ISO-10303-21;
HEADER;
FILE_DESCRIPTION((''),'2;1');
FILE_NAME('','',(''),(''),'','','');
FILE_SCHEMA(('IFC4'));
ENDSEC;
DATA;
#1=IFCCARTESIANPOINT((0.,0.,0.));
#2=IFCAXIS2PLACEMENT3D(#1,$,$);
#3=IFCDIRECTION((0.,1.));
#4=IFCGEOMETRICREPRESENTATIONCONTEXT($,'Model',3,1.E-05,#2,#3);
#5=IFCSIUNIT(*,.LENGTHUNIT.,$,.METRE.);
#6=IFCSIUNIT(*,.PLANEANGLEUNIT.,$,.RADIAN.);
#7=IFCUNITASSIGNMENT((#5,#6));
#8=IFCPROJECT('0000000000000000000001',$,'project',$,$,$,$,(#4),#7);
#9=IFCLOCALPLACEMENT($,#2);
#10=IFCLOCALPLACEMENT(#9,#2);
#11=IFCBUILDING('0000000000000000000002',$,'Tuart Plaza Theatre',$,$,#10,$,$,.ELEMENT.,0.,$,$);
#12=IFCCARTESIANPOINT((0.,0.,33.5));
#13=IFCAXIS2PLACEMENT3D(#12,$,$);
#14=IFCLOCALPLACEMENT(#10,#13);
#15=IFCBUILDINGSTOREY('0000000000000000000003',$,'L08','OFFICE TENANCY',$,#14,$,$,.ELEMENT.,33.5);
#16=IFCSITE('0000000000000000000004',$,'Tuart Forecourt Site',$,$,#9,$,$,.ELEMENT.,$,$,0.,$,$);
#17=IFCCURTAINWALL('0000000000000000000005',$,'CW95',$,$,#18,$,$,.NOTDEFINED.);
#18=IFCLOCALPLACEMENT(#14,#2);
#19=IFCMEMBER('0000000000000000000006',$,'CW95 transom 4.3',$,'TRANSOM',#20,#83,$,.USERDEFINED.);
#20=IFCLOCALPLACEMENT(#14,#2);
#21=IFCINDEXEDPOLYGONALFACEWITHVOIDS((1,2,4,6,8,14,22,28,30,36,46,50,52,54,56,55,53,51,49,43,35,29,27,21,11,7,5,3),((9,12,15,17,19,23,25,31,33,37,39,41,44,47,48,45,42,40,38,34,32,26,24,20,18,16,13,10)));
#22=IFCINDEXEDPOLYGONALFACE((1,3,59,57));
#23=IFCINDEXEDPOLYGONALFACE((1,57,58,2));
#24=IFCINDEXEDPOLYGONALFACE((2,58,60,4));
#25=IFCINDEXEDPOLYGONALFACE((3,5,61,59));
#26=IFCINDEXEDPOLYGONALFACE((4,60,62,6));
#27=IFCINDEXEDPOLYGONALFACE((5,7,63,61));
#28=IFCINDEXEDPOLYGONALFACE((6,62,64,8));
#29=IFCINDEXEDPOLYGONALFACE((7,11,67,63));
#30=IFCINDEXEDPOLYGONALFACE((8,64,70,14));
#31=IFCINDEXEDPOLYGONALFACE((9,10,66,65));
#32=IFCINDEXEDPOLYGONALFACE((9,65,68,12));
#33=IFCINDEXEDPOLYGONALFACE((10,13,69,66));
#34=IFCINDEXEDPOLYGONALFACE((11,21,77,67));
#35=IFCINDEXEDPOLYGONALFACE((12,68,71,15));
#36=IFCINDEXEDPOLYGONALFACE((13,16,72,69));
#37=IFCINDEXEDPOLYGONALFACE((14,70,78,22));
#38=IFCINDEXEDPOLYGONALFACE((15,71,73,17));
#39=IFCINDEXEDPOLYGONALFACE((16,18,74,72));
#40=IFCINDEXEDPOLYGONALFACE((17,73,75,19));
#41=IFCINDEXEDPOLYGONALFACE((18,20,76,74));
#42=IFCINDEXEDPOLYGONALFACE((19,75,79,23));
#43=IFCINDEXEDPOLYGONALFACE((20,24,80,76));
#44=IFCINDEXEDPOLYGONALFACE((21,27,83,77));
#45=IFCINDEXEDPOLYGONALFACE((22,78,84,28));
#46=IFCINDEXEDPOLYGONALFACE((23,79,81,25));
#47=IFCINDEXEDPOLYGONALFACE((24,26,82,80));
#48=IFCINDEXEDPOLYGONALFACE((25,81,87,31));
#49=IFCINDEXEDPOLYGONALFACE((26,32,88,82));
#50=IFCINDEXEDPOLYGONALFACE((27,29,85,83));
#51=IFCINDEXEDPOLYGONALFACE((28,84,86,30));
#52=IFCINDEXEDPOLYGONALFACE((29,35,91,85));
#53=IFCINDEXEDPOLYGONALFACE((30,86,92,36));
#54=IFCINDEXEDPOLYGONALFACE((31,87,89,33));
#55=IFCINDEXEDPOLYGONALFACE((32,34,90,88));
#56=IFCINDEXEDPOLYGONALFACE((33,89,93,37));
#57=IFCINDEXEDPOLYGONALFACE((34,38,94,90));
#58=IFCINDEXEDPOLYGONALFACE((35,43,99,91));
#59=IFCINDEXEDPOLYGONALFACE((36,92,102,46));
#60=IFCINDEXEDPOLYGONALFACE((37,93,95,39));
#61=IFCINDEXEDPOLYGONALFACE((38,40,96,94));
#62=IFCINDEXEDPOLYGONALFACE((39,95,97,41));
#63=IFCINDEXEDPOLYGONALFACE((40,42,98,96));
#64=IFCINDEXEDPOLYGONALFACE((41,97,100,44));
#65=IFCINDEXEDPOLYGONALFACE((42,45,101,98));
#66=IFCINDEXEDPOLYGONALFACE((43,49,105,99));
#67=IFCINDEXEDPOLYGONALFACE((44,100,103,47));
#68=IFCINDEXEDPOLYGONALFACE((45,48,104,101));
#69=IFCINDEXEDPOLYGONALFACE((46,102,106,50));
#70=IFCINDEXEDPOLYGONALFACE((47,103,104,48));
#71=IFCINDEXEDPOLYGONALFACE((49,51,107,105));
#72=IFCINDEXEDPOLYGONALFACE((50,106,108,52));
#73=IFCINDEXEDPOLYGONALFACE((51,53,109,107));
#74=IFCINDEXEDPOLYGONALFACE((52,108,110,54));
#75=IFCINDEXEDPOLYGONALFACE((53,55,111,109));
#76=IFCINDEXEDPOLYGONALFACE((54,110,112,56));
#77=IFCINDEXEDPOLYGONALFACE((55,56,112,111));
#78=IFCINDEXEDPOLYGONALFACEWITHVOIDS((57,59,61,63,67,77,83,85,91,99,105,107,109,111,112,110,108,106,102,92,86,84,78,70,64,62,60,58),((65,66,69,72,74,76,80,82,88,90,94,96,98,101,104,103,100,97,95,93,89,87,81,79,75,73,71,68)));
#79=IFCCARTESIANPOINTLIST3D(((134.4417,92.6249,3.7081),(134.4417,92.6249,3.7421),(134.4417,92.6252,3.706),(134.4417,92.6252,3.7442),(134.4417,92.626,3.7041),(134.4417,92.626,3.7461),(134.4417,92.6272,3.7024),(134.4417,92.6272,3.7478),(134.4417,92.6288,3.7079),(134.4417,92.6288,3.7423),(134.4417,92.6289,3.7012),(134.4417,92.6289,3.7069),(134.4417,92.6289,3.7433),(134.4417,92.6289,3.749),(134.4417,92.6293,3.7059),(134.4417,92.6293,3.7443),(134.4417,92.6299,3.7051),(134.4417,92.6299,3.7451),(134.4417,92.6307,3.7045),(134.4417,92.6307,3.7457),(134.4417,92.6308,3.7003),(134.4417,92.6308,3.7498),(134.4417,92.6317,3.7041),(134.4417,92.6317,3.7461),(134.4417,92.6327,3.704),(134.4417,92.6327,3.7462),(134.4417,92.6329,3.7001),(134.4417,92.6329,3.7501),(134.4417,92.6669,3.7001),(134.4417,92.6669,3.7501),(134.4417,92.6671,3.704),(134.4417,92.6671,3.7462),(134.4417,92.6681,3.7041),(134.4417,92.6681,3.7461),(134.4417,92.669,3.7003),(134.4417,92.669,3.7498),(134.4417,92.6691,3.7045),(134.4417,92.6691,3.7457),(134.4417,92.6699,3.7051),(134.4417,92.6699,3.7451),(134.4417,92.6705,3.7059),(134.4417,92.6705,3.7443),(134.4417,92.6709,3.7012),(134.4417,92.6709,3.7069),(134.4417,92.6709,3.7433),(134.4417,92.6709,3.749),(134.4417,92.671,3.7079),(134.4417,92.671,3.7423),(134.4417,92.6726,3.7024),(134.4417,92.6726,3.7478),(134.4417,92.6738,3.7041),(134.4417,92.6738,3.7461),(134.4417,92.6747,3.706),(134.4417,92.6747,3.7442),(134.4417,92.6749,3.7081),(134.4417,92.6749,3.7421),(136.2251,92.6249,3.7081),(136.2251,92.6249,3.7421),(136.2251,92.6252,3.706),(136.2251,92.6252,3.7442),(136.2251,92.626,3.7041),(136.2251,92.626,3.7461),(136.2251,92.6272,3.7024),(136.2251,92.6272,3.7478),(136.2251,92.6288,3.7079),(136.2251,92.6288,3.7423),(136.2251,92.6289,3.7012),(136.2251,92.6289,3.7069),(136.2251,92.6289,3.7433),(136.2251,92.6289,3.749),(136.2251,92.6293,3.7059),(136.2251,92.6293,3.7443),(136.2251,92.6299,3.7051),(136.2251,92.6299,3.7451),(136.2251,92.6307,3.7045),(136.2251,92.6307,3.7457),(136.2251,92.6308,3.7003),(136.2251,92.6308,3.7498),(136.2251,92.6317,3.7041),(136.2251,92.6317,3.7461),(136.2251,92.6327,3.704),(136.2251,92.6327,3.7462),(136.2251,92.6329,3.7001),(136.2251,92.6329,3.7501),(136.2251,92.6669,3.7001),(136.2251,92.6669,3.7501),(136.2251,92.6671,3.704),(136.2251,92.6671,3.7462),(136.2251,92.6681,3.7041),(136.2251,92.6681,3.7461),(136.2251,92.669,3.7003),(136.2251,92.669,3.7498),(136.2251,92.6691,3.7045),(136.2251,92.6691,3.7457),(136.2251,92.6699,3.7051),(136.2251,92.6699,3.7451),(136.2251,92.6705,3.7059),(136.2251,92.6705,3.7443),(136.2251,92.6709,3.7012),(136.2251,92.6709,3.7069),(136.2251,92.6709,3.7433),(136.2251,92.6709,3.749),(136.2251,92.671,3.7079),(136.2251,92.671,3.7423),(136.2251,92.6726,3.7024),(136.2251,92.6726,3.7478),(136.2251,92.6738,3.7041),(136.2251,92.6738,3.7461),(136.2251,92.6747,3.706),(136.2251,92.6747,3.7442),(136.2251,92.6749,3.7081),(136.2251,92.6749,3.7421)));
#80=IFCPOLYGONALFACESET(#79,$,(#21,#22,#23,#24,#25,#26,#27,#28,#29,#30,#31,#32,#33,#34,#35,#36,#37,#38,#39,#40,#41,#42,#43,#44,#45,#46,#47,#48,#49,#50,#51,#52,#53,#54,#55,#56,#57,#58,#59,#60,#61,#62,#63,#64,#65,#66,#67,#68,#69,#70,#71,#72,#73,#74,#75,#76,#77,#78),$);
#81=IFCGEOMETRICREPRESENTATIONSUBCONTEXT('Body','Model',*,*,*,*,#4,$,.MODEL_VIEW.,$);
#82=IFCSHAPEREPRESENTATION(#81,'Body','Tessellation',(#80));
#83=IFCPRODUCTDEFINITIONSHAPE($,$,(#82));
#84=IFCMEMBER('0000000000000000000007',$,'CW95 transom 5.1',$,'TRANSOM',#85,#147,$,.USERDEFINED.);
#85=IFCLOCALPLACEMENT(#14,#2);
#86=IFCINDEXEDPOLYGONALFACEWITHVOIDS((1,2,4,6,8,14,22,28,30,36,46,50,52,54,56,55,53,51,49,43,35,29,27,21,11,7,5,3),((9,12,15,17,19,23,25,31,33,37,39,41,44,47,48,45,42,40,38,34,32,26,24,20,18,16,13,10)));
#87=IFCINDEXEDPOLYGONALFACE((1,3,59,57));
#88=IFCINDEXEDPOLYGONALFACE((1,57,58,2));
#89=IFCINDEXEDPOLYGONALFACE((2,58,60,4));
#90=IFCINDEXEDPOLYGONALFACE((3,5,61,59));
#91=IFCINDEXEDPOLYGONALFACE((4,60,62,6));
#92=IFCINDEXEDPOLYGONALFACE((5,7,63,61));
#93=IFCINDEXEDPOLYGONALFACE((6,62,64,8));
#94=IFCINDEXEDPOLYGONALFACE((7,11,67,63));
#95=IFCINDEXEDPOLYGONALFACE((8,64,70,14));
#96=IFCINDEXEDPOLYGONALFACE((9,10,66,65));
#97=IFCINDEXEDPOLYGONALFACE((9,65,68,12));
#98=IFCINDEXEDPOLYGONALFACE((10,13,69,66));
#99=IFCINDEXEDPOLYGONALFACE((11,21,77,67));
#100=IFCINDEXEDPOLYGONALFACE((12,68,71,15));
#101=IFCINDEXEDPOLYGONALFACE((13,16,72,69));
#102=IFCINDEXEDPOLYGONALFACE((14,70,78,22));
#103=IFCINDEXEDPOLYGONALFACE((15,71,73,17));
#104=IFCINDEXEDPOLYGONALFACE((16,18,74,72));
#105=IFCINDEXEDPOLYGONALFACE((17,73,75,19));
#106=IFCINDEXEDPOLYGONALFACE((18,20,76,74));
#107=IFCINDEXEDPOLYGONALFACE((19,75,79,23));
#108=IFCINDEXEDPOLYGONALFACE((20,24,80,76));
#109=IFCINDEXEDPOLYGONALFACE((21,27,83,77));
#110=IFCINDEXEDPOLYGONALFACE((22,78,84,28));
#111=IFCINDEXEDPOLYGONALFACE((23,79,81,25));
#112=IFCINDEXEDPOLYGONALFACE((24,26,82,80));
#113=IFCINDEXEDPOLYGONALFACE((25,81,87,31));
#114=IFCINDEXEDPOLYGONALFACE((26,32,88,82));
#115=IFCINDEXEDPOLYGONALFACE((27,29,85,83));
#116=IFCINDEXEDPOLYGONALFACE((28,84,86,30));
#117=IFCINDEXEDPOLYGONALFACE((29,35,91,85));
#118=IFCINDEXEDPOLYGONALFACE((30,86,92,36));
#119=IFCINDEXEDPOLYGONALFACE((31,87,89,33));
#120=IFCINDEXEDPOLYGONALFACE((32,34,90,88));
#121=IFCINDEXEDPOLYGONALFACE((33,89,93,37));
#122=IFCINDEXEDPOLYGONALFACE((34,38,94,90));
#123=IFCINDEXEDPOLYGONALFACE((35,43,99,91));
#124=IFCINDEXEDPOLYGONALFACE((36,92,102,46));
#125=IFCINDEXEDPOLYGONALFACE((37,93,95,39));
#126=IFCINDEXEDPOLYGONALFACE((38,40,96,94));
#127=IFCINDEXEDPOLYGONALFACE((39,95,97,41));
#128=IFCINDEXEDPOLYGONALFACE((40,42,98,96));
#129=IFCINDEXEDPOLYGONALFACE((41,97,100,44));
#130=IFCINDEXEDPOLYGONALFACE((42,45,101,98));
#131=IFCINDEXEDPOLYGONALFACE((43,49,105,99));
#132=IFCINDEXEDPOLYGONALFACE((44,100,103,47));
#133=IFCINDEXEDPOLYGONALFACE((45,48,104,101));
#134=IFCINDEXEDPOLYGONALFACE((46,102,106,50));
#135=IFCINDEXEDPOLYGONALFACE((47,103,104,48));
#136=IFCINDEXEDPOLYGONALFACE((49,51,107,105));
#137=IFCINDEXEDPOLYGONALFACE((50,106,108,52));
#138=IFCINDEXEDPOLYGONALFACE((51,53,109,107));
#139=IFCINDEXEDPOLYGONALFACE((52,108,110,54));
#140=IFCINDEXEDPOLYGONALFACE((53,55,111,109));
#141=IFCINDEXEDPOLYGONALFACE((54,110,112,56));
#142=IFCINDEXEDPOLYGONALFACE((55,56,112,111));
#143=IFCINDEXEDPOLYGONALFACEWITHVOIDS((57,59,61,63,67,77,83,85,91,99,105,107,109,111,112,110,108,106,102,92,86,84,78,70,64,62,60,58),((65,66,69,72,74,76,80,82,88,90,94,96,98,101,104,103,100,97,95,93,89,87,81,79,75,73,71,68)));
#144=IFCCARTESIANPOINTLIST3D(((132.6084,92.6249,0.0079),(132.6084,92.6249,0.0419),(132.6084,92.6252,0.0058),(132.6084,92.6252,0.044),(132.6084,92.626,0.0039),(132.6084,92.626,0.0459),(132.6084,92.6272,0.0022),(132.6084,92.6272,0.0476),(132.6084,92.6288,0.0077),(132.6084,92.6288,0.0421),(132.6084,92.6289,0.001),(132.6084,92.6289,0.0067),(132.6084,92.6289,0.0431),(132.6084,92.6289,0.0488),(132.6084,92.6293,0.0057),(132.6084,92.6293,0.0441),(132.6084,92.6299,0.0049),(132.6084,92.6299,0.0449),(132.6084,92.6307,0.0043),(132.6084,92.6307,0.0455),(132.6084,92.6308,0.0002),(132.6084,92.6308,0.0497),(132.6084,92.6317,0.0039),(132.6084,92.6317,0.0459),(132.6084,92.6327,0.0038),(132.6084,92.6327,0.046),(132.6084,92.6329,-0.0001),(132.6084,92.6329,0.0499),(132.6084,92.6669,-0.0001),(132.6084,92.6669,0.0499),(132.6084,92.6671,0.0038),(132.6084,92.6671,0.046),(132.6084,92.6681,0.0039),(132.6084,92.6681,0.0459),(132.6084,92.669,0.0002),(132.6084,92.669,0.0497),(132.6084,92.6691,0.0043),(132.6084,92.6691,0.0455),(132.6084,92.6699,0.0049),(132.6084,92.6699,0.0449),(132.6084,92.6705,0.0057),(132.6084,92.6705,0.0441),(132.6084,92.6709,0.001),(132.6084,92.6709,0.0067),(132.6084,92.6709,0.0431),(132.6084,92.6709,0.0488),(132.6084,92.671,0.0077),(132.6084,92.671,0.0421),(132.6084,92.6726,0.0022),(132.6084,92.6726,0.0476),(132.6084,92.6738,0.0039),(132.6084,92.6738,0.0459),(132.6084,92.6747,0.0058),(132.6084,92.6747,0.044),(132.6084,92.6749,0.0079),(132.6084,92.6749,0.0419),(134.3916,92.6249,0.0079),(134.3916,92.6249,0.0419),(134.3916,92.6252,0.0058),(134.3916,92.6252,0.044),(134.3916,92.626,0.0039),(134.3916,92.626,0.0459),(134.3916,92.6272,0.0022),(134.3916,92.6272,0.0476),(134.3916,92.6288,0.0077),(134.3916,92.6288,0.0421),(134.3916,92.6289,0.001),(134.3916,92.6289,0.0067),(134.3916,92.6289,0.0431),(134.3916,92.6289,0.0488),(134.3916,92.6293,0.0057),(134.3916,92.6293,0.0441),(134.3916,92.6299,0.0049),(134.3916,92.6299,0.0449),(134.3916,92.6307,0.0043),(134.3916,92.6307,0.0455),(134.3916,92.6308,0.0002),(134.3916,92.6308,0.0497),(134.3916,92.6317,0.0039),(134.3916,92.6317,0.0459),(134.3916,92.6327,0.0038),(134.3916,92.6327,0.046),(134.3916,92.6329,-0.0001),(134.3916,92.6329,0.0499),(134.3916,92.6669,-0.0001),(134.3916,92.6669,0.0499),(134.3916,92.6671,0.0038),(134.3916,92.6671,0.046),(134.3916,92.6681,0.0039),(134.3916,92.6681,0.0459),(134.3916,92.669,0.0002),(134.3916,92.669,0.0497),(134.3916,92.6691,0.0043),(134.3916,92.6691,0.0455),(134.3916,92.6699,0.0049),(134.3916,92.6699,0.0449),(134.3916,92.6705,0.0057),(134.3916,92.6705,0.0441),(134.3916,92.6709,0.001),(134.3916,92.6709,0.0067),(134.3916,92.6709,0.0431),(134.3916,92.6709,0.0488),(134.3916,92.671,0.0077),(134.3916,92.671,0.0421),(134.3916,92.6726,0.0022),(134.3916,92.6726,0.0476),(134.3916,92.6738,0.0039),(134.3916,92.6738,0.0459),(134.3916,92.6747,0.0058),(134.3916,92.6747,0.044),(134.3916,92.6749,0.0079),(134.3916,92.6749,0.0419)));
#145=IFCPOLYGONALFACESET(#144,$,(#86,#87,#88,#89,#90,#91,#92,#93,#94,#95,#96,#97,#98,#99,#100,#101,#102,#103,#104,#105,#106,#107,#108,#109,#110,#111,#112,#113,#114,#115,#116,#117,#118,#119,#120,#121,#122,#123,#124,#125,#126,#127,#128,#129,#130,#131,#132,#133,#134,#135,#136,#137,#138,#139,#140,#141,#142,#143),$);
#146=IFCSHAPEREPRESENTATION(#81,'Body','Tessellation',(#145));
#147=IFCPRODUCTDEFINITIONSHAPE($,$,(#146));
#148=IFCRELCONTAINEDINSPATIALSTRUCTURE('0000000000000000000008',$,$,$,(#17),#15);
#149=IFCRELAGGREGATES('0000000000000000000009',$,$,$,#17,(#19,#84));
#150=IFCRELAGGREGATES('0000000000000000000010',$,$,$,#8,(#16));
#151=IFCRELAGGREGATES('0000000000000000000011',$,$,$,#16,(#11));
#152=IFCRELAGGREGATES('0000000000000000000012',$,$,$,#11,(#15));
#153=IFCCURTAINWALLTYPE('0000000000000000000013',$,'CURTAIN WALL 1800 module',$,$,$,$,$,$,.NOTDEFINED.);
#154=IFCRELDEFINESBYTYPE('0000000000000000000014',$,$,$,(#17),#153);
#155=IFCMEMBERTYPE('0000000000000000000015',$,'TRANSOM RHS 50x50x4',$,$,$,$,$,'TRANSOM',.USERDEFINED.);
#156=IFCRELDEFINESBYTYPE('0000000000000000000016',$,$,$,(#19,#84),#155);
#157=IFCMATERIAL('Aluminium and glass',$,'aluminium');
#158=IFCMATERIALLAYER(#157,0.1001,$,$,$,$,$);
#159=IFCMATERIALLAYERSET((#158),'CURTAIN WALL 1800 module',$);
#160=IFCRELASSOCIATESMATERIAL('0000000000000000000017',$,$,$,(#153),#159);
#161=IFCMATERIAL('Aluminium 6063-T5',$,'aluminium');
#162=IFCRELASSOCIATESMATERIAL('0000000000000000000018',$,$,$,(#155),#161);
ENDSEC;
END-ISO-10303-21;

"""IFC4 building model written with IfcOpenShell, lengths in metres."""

from ifc_helpers import new_model, si_unit, direction, frame, origin, origin_2d, place, context, subcontext, project, spatial, hollow_rectangle, extrude, material, layer, layer_set, material_profile, profile_set, type_object, element, aggregate, save


model = new_model("IFC4")

# Units and contexts
model_context = context("Model", 3, precision=1e-05, world=origin(), true_north=direction((0.0, 1.0)))
body_context = subcontext(model_context, "Body", "Model", "MODEL_VIEW")
ifc_project = project(units=[si_unit("LENGTHUNIT", "METRE"), si_unit("PLANEANGLEUNIT", "RADIAN")], contexts=[model_context])

# Site, building, storey
site_placement = place(None, origin())
site = spatial("IfcSite", under=ifc_project, at=site_placement, Name="Tuart Forecourt Site", CompositionType="ELEMENT", RefElevation=0.0)
building_placement = place(site_placement, origin())
building = spatial("IfcBuilding", under=site, at=building_placement, Name="Tuart Plaza Theatre", CompositionType="ELEMENT", ElevationOfRefHeight=0.0)
storey_placement = place(building_placement, frame((0.0, 0.0, 33.5)))
storey = spatial("IfcBuildingStorey", under=building, at=storey_placement, Name="L08", Description="OFFICE TENANCY", CompositionType="ELEMENT", Elevation=33.5)

# Curtain wall, members
ifc_material_1 = material(Name="Aluminium and glass", Category="aluminium")
ifc_layer_1 = layer(ifc_material_1, 0.1001)
ifc_layer_set_1 = layer_set([ifc_layer_1], Name="CURTAIN WALL 1800 module")
curtain_wall_type = type_object("IfcCurtainWallType", Name="CURTAIN WALL 1800 module", PredefinedType="NOTDEFINED", material=ifc_layer_set_1)
curtain_wall_placement = place(storey_placement, origin())
curtain_wall = element("IfcCurtainWall", 1, at=curtain_wall_placement, inside=storey, type_object=curtain_wall_type, Name="CW95", PredefinedType="NOTDEFINED")
ifc_material_2 = material(Name="Aluminium 6063-T5", Category="aluminium")
ifc_material_profile_1 = material_profile(ifc_material_2, hollow_rectangle(XDim=0.05, YDim=0.05, WallThickness=0.0039, InnerFilletRadius=0.0039, OuterFilletRadius=0.0081, at=origin_2d()), Name="RHS 50x50x4")
ifc_profile_set_1 = profile_set([ifc_material_profile_1], Name="Aluminium 6063-T5")
member_type_1 = type_object("IfcMemberType", Name="TRANSOM RHS 50x50x4", ElementType="TRANSOM", PredefinedType="USERDEFINED", material=ifc_profile_set_1)
member_1_placement = place(storey_placement, frame((136.2251, 92.6499, 3.7251), z_axis=(-1.0, 0.0, 0.0), x_axis=(0.0, -1.0, 0.0)))
member_1 = element("IfcMember", 2, at=member_1_placement, type_object=member_type_1, Name="CW95 transom 4.3", ObjectType="TRANSOM", PredefinedType="USERDEFINED", context=body_context, shape_type="SweptSolid", body=[
    extrude(hollow_rectangle(XDim=0.05, YDim=0.05, WallThickness=0.0039, InnerFilletRadius=0.0039, OuterFilletRadius=0.0081, at=origin_2d()), origin(), (0.0, 0.0, 1.0), 1.7834),
])
member_2_placement = place(storey_placement, frame((134.3916, 92.6499, 0.0249), z_axis=(-1.0, 0.0, 0.0), x_axis=(0.0, -1.0, 0.0)))
member_2 = element("IfcMember", 3, at=member_2_placement, type_object=member_type_1, Name="CW95 transom 5.1", ObjectType="TRANSOM", PredefinedType="USERDEFINED", context=body_context, shape_type="SweptSolid", body=[
    extrude(hollow_rectangle(XDim=0.05, YDim=0.05, WallThickness=0.0039, InnerFilletRadius=0.0039, OuterFilletRadius=0.0081, at=origin_2d()), origin(), (0.0, 0.0, 1.0), 1.7832),
])
aggregate(curtain_wall, [member_1, member_2])

save(model, "model.ifc")
